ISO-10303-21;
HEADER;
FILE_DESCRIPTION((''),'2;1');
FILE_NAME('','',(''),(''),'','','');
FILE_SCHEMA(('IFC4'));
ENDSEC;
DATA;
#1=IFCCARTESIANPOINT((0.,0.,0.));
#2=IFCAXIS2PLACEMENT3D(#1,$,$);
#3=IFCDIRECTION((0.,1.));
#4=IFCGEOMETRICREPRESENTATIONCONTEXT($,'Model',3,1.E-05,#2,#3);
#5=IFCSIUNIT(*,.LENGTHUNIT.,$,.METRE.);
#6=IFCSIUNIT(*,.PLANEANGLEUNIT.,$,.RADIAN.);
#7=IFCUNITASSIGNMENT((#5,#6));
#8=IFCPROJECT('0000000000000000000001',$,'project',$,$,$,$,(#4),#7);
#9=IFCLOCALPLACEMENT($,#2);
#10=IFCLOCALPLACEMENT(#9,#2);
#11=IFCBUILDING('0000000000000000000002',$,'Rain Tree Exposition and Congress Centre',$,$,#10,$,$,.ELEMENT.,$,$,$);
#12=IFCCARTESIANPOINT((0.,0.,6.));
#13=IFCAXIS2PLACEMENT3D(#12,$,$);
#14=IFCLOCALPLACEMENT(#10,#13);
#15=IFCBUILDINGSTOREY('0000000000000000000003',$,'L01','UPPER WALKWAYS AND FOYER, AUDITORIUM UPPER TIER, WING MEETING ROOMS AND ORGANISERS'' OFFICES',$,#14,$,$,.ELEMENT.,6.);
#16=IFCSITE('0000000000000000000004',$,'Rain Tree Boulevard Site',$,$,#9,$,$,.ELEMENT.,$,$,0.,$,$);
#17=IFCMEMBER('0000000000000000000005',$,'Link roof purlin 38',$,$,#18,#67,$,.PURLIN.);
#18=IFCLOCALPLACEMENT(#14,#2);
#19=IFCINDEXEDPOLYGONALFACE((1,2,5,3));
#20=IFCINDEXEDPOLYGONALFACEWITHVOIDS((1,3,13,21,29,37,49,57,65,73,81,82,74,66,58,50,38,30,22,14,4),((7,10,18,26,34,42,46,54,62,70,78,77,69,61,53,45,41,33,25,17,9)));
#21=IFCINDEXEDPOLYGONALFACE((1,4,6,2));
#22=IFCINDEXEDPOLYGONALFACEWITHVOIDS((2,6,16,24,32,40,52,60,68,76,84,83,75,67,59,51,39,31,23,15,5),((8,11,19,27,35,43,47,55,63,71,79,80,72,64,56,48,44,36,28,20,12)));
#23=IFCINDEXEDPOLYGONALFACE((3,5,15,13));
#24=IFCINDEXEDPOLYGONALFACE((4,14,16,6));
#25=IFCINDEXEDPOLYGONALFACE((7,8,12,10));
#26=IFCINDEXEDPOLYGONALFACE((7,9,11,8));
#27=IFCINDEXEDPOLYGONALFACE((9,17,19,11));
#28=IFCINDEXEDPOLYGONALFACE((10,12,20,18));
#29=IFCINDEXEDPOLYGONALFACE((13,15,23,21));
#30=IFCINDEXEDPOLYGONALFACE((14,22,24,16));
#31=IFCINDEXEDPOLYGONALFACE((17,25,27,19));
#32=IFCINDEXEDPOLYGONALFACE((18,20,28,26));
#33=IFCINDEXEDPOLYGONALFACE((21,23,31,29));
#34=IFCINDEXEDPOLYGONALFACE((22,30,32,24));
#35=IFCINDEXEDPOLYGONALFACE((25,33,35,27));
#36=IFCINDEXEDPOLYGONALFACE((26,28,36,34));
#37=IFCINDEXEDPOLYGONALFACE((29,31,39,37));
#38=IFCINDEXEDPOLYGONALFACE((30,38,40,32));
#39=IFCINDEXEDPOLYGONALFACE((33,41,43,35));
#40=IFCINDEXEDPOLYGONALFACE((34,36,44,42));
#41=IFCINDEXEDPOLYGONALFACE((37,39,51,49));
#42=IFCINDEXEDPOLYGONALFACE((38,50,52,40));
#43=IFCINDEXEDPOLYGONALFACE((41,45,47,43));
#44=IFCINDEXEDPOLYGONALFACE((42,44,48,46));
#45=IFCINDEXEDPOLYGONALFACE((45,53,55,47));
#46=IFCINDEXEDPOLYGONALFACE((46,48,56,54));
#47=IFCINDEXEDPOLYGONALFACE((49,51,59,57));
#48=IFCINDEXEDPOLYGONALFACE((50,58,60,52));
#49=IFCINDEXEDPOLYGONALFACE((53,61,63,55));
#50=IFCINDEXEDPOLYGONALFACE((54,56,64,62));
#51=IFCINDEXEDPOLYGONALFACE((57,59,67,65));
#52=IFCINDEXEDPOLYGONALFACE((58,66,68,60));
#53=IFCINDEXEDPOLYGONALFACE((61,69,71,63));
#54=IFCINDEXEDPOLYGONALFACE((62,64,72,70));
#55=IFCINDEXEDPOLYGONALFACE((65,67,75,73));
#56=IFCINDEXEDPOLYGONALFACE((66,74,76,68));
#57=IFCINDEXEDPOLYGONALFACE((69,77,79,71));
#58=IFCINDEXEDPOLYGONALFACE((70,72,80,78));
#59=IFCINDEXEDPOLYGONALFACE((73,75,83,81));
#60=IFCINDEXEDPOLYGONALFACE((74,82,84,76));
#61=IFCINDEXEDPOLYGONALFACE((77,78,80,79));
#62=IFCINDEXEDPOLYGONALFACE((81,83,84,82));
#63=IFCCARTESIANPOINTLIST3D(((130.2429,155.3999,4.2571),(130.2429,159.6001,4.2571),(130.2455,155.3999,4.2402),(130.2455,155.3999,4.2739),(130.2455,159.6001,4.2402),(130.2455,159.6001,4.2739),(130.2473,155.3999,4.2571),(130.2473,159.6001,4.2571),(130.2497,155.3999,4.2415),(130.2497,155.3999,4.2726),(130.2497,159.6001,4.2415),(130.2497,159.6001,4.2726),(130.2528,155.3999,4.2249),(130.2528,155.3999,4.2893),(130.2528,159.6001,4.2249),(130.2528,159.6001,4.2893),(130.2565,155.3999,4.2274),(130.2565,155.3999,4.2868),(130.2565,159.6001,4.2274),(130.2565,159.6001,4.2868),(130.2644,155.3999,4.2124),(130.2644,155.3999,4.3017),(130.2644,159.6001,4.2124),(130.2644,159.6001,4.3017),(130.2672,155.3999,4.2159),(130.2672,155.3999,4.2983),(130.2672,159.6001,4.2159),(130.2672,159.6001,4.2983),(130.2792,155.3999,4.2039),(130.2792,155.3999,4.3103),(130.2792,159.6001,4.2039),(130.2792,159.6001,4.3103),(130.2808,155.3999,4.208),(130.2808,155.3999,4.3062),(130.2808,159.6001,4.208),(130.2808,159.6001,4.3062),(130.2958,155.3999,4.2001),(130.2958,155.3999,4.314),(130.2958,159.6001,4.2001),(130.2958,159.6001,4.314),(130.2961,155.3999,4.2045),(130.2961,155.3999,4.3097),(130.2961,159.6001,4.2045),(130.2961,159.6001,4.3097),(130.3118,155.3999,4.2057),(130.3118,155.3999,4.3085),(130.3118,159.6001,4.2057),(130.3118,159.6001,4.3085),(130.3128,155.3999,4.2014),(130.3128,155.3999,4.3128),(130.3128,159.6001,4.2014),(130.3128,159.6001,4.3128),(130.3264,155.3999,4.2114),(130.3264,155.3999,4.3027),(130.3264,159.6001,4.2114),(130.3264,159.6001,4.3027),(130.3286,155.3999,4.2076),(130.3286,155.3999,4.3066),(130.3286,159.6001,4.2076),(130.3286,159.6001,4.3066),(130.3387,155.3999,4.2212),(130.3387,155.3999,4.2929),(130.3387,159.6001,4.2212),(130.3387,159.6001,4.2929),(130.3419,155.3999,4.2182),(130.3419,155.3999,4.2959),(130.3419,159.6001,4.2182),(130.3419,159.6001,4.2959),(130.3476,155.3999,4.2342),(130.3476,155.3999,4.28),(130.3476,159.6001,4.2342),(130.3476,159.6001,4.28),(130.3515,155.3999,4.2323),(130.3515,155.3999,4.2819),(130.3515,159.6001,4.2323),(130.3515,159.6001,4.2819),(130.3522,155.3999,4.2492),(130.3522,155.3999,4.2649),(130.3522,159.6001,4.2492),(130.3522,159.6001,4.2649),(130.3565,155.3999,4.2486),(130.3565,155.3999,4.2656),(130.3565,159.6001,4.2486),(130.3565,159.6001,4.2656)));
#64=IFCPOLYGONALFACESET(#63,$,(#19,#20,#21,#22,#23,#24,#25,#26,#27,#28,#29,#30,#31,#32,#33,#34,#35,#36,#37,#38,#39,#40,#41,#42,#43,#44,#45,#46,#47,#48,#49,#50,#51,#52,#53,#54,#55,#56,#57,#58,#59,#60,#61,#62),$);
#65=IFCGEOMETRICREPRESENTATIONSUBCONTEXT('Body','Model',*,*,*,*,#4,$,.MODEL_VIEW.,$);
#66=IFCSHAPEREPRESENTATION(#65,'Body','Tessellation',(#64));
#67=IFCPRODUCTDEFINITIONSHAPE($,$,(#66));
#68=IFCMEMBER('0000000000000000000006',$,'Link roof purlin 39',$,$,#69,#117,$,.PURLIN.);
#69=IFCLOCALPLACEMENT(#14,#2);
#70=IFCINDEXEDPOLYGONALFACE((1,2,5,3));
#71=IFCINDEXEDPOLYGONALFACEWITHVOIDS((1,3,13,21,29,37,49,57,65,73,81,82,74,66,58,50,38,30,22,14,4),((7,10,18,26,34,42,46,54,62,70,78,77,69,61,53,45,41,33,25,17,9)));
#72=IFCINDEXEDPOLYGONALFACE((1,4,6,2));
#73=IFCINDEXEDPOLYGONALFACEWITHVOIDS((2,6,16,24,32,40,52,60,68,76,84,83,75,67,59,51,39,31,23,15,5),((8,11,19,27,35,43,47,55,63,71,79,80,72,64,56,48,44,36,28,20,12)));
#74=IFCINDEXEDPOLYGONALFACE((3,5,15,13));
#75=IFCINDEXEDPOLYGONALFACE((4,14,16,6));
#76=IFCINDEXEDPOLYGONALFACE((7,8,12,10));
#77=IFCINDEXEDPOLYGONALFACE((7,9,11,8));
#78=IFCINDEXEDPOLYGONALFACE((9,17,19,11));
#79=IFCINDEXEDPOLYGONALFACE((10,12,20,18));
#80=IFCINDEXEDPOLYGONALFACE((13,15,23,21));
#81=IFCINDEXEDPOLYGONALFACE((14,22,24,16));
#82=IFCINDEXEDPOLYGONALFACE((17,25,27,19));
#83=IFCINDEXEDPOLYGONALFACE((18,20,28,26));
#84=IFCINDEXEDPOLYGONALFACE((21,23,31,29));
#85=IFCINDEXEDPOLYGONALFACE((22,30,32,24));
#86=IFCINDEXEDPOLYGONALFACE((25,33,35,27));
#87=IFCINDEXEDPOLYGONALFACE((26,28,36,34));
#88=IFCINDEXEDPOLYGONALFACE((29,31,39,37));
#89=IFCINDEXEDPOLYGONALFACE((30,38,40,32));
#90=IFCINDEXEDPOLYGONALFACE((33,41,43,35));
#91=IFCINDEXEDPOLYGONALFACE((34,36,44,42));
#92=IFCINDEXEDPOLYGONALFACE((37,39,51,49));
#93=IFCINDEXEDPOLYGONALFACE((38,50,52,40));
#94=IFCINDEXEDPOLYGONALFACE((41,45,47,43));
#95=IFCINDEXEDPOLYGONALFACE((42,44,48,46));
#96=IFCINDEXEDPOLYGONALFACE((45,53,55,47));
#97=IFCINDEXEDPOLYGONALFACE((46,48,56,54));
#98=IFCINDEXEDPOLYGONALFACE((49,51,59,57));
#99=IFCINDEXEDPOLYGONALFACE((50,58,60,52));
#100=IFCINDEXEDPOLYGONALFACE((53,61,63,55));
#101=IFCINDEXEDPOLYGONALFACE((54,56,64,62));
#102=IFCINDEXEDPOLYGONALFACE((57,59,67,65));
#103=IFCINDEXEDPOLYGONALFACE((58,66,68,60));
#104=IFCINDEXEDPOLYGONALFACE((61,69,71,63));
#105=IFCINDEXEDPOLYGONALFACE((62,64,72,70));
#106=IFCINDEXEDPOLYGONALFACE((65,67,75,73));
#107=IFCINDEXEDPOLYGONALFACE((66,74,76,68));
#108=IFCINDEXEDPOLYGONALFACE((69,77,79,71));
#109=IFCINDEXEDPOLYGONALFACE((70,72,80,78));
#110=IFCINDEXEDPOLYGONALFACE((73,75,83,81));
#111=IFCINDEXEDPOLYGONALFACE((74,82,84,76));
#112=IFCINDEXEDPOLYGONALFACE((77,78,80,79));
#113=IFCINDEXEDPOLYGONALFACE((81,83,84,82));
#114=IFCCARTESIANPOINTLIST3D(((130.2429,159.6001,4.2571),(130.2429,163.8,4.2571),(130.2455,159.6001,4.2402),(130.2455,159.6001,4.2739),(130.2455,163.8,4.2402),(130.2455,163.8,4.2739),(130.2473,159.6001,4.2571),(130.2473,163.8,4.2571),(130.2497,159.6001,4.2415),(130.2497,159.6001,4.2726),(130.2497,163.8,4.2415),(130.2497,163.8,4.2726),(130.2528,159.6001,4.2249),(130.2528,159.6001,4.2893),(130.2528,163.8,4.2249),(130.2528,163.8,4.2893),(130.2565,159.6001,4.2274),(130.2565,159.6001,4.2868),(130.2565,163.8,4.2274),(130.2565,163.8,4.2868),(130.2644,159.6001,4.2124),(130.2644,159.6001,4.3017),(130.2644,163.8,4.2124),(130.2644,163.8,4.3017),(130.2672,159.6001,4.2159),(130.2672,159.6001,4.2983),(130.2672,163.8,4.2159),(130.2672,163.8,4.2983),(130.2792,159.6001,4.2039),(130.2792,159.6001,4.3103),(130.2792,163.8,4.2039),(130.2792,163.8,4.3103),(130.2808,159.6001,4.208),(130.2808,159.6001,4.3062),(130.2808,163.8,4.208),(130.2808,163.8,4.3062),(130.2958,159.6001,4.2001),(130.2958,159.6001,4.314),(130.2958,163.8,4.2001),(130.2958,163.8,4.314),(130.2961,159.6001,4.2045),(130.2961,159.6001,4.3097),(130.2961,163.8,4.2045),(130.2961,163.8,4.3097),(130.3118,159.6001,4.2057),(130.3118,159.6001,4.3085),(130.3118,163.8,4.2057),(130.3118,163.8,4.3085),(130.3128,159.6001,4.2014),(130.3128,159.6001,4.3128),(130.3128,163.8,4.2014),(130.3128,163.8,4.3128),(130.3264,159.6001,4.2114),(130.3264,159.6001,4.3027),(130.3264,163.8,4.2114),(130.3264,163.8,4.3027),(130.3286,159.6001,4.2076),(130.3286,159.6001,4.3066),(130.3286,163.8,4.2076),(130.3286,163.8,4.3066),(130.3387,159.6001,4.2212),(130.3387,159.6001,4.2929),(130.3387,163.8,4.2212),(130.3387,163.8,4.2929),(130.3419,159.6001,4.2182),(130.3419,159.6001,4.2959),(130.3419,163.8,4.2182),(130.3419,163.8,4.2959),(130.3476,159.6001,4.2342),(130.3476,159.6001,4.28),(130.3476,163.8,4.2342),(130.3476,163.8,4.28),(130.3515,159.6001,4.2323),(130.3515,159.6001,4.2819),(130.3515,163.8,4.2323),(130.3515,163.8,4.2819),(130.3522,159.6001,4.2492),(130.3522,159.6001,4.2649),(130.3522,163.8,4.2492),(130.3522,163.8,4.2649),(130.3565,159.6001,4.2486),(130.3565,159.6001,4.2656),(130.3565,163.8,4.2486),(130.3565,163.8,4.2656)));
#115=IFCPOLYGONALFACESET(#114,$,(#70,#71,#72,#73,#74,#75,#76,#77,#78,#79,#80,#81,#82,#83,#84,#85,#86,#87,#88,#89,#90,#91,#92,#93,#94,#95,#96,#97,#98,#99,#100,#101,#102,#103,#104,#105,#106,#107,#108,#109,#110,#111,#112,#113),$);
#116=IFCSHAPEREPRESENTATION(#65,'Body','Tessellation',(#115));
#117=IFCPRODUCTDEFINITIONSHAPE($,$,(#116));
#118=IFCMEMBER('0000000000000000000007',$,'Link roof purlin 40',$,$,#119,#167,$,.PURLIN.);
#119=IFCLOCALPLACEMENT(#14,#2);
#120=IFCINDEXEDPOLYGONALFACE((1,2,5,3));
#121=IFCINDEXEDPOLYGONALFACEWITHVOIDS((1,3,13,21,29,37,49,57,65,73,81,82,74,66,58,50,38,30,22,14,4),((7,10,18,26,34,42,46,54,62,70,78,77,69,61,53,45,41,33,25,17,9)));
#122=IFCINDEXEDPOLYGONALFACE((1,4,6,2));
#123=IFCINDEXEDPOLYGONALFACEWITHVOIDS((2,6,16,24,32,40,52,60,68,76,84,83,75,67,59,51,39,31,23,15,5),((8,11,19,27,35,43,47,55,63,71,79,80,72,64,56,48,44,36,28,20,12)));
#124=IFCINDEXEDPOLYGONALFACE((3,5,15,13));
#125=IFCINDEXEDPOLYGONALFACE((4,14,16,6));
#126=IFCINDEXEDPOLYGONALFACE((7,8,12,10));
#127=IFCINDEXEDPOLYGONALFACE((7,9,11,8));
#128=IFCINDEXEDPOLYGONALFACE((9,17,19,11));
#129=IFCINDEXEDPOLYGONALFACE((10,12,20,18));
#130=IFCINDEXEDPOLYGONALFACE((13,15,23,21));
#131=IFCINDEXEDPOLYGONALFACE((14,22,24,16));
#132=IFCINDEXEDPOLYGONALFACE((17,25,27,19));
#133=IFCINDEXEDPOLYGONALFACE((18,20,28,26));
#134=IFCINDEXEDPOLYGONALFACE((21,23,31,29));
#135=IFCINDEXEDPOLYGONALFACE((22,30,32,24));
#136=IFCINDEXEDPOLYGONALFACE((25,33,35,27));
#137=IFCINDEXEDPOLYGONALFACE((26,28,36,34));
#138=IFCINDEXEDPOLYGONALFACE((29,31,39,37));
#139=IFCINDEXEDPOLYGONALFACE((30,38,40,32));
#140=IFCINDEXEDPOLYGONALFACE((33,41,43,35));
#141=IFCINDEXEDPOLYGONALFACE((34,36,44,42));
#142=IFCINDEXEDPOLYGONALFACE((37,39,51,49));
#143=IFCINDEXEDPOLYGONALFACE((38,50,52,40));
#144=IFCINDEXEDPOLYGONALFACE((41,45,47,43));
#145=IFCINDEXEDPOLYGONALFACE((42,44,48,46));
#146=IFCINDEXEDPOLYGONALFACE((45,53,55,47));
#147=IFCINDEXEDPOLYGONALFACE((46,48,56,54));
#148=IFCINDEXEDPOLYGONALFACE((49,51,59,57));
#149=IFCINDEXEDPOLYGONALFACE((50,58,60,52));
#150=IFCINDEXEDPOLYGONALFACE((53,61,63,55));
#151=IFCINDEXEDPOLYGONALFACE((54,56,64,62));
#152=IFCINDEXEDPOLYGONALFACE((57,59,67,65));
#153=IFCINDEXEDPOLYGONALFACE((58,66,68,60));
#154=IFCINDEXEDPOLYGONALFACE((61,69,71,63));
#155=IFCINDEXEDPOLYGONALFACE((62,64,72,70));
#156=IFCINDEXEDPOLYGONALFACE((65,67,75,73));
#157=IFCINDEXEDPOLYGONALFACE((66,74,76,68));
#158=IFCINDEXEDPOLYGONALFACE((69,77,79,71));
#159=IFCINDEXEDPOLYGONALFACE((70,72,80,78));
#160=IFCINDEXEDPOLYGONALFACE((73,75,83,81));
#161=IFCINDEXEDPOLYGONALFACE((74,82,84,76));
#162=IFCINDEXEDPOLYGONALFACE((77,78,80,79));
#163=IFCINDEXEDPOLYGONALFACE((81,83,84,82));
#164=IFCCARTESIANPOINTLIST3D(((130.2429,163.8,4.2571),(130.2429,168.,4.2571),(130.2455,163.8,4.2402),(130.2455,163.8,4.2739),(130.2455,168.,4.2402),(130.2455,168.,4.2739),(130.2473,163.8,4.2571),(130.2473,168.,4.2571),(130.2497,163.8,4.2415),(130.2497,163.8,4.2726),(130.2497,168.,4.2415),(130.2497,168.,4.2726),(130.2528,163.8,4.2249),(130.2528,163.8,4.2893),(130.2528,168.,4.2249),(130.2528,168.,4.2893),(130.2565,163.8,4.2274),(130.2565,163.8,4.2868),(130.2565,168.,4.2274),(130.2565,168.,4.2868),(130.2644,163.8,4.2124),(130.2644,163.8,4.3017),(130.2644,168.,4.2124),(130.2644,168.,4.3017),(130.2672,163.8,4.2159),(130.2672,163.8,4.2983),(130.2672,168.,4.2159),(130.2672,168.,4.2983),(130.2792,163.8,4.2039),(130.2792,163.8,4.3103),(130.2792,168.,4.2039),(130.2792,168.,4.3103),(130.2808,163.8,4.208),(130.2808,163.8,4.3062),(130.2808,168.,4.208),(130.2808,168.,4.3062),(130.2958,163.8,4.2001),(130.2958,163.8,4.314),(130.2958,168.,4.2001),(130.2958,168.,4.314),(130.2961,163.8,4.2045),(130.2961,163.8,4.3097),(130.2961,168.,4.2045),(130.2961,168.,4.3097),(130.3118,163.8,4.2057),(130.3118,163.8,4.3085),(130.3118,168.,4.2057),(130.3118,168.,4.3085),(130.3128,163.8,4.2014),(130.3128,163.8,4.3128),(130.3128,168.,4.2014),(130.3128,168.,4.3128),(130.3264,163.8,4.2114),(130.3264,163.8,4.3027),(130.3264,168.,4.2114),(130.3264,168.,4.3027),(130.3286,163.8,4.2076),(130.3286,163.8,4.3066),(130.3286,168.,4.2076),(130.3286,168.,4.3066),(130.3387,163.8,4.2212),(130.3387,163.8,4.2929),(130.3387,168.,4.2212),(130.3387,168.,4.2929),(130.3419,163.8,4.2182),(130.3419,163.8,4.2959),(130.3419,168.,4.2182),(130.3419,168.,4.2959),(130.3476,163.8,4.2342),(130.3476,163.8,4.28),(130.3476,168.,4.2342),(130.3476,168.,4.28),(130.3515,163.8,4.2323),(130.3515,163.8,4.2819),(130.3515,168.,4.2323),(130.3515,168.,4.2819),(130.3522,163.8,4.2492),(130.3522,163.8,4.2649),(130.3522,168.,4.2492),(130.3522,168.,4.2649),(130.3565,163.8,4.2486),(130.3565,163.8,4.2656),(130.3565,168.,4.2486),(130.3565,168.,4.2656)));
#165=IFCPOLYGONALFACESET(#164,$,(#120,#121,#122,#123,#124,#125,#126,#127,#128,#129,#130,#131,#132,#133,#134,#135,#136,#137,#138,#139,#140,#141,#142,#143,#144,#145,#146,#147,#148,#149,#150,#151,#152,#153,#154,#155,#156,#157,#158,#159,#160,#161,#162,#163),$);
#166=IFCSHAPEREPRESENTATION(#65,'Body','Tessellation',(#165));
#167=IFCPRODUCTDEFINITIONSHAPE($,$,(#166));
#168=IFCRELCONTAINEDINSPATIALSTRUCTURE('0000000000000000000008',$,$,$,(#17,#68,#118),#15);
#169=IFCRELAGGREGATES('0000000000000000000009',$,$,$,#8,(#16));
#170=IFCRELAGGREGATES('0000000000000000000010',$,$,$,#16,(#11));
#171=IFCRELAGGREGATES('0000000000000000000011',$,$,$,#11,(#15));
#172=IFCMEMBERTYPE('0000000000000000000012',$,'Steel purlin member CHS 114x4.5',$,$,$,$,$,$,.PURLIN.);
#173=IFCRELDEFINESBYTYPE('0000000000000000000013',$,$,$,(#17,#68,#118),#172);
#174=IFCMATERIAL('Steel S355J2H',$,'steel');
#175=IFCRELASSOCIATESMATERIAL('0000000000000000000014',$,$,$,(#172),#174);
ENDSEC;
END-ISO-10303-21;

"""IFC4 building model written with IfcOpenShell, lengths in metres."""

from ifc_helpers import new_model, si_unit, direction, frame, origin, origin_2d, place, context, subcontext, project, spatial, hollow_circle, extrude, material, material_profile, profile_set, type_object, element, save


model = new_model("IFC4")

# Units and contexts
model_context = context("Model", 3, precision=1e-05, world=origin(), true_north=direction((0.0, 1.0)))
body_context = subcontext(model_context, "Body", "Model", "MODEL_VIEW")
ifc_project = project(units=[si_unit("LENGTHUNIT", "METRE"), si_unit("PLANEANGLEUNIT", "RADIAN")], contexts=[model_context])

# Site, building, storey
site_placement = place(None, origin())
site = spatial("IfcSite", under=ifc_project, at=site_placement, Name="Rain Tree Boulevard Site", CompositionType="ELEMENT", RefElevation=0.0)
building_placement = place(site_placement, origin())
building = spatial("IfcBuilding", under=site, at=building_placement, Name="Rain Tree Exposition and Congress Centre", CompositionType="ELEMENT")
storey_placement = place(building_placement, frame((0.0, 0.0, 6.0)))
storey = spatial("IfcBuildingStorey", under=building, at=storey_placement, Name="L01", Description="UPPER WALKWAYS AND FOYER, AUDITORIUM UPPER TIER, WING MEETING ROOMS AND ORGANISERS' OFFICES", CompositionType="ELEMENT", Elevation=6.0)

# Members
ifc_material_1 = material(Name="Steel S355J2H", Category="steel")
ifc_material_profile_1 = material_profile(ifc_material_1, hollow_circle(Radius=0.0571, WallThickness=0.0044, at=origin_2d()), Name="CHS 114x4.5")
ifc_profile_set_1 = profile_set([ifc_material_profile_1], Name="Steel S355J2H")
member_type = type_object("IfcMemberType", Name="Steel purlin member CHS 114x4.5", PredefinedType="PURLIN", material=ifc_profile_set_1)
member_1_placement = place(storey_placement, frame((130.3, 155.3999, 4.2571), z_axis=(0.0, 1.0, 0.0), x_axis=(-1.0, 0.0, 0.0)))
element("IfcMember", 1, at=member_1_placement, inside=storey, type_object=member_type, Name="Link roof purlin 38", PredefinedType="PURLIN", context=body_context, shape_type="SweptSolid", body=[
    extrude(hollow_circle(Radius=0.0571, WallThickness=0.0044, at=origin_2d()), origin(), (0.0, 0.0, 1.0), 4.2002),
])
for number, where, z_axis, x_axis, name in (
    (2, (130.3, 159.6001, 4.2571), (0.0, 1.0, 0.0), (-1.0, 0.0, 0.0), "Link roof purlin 39"),
    (3, (130.3, 163.8, 4.2571), (0.0, 1.0, 0.0), (-1.0, 0.0, 0.0), "Link roof purlin 40"),
):
    element("IfcMember", number, at=place(storey_placement, frame(where, z_axis=z_axis, x_axis=x_axis)), inside=storey, type_object=member_type, Name=name, PredefinedType="PURLIN", context=body_context, shape_type="SweptSolid", body=[
        extrude(hollow_circle(Radius=0.0571, WallThickness=0.0044, at=origin_2d()), origin(), (0.0, 0.0, 1.0), 4.2),
    ])

save(model, "model.ifc")
